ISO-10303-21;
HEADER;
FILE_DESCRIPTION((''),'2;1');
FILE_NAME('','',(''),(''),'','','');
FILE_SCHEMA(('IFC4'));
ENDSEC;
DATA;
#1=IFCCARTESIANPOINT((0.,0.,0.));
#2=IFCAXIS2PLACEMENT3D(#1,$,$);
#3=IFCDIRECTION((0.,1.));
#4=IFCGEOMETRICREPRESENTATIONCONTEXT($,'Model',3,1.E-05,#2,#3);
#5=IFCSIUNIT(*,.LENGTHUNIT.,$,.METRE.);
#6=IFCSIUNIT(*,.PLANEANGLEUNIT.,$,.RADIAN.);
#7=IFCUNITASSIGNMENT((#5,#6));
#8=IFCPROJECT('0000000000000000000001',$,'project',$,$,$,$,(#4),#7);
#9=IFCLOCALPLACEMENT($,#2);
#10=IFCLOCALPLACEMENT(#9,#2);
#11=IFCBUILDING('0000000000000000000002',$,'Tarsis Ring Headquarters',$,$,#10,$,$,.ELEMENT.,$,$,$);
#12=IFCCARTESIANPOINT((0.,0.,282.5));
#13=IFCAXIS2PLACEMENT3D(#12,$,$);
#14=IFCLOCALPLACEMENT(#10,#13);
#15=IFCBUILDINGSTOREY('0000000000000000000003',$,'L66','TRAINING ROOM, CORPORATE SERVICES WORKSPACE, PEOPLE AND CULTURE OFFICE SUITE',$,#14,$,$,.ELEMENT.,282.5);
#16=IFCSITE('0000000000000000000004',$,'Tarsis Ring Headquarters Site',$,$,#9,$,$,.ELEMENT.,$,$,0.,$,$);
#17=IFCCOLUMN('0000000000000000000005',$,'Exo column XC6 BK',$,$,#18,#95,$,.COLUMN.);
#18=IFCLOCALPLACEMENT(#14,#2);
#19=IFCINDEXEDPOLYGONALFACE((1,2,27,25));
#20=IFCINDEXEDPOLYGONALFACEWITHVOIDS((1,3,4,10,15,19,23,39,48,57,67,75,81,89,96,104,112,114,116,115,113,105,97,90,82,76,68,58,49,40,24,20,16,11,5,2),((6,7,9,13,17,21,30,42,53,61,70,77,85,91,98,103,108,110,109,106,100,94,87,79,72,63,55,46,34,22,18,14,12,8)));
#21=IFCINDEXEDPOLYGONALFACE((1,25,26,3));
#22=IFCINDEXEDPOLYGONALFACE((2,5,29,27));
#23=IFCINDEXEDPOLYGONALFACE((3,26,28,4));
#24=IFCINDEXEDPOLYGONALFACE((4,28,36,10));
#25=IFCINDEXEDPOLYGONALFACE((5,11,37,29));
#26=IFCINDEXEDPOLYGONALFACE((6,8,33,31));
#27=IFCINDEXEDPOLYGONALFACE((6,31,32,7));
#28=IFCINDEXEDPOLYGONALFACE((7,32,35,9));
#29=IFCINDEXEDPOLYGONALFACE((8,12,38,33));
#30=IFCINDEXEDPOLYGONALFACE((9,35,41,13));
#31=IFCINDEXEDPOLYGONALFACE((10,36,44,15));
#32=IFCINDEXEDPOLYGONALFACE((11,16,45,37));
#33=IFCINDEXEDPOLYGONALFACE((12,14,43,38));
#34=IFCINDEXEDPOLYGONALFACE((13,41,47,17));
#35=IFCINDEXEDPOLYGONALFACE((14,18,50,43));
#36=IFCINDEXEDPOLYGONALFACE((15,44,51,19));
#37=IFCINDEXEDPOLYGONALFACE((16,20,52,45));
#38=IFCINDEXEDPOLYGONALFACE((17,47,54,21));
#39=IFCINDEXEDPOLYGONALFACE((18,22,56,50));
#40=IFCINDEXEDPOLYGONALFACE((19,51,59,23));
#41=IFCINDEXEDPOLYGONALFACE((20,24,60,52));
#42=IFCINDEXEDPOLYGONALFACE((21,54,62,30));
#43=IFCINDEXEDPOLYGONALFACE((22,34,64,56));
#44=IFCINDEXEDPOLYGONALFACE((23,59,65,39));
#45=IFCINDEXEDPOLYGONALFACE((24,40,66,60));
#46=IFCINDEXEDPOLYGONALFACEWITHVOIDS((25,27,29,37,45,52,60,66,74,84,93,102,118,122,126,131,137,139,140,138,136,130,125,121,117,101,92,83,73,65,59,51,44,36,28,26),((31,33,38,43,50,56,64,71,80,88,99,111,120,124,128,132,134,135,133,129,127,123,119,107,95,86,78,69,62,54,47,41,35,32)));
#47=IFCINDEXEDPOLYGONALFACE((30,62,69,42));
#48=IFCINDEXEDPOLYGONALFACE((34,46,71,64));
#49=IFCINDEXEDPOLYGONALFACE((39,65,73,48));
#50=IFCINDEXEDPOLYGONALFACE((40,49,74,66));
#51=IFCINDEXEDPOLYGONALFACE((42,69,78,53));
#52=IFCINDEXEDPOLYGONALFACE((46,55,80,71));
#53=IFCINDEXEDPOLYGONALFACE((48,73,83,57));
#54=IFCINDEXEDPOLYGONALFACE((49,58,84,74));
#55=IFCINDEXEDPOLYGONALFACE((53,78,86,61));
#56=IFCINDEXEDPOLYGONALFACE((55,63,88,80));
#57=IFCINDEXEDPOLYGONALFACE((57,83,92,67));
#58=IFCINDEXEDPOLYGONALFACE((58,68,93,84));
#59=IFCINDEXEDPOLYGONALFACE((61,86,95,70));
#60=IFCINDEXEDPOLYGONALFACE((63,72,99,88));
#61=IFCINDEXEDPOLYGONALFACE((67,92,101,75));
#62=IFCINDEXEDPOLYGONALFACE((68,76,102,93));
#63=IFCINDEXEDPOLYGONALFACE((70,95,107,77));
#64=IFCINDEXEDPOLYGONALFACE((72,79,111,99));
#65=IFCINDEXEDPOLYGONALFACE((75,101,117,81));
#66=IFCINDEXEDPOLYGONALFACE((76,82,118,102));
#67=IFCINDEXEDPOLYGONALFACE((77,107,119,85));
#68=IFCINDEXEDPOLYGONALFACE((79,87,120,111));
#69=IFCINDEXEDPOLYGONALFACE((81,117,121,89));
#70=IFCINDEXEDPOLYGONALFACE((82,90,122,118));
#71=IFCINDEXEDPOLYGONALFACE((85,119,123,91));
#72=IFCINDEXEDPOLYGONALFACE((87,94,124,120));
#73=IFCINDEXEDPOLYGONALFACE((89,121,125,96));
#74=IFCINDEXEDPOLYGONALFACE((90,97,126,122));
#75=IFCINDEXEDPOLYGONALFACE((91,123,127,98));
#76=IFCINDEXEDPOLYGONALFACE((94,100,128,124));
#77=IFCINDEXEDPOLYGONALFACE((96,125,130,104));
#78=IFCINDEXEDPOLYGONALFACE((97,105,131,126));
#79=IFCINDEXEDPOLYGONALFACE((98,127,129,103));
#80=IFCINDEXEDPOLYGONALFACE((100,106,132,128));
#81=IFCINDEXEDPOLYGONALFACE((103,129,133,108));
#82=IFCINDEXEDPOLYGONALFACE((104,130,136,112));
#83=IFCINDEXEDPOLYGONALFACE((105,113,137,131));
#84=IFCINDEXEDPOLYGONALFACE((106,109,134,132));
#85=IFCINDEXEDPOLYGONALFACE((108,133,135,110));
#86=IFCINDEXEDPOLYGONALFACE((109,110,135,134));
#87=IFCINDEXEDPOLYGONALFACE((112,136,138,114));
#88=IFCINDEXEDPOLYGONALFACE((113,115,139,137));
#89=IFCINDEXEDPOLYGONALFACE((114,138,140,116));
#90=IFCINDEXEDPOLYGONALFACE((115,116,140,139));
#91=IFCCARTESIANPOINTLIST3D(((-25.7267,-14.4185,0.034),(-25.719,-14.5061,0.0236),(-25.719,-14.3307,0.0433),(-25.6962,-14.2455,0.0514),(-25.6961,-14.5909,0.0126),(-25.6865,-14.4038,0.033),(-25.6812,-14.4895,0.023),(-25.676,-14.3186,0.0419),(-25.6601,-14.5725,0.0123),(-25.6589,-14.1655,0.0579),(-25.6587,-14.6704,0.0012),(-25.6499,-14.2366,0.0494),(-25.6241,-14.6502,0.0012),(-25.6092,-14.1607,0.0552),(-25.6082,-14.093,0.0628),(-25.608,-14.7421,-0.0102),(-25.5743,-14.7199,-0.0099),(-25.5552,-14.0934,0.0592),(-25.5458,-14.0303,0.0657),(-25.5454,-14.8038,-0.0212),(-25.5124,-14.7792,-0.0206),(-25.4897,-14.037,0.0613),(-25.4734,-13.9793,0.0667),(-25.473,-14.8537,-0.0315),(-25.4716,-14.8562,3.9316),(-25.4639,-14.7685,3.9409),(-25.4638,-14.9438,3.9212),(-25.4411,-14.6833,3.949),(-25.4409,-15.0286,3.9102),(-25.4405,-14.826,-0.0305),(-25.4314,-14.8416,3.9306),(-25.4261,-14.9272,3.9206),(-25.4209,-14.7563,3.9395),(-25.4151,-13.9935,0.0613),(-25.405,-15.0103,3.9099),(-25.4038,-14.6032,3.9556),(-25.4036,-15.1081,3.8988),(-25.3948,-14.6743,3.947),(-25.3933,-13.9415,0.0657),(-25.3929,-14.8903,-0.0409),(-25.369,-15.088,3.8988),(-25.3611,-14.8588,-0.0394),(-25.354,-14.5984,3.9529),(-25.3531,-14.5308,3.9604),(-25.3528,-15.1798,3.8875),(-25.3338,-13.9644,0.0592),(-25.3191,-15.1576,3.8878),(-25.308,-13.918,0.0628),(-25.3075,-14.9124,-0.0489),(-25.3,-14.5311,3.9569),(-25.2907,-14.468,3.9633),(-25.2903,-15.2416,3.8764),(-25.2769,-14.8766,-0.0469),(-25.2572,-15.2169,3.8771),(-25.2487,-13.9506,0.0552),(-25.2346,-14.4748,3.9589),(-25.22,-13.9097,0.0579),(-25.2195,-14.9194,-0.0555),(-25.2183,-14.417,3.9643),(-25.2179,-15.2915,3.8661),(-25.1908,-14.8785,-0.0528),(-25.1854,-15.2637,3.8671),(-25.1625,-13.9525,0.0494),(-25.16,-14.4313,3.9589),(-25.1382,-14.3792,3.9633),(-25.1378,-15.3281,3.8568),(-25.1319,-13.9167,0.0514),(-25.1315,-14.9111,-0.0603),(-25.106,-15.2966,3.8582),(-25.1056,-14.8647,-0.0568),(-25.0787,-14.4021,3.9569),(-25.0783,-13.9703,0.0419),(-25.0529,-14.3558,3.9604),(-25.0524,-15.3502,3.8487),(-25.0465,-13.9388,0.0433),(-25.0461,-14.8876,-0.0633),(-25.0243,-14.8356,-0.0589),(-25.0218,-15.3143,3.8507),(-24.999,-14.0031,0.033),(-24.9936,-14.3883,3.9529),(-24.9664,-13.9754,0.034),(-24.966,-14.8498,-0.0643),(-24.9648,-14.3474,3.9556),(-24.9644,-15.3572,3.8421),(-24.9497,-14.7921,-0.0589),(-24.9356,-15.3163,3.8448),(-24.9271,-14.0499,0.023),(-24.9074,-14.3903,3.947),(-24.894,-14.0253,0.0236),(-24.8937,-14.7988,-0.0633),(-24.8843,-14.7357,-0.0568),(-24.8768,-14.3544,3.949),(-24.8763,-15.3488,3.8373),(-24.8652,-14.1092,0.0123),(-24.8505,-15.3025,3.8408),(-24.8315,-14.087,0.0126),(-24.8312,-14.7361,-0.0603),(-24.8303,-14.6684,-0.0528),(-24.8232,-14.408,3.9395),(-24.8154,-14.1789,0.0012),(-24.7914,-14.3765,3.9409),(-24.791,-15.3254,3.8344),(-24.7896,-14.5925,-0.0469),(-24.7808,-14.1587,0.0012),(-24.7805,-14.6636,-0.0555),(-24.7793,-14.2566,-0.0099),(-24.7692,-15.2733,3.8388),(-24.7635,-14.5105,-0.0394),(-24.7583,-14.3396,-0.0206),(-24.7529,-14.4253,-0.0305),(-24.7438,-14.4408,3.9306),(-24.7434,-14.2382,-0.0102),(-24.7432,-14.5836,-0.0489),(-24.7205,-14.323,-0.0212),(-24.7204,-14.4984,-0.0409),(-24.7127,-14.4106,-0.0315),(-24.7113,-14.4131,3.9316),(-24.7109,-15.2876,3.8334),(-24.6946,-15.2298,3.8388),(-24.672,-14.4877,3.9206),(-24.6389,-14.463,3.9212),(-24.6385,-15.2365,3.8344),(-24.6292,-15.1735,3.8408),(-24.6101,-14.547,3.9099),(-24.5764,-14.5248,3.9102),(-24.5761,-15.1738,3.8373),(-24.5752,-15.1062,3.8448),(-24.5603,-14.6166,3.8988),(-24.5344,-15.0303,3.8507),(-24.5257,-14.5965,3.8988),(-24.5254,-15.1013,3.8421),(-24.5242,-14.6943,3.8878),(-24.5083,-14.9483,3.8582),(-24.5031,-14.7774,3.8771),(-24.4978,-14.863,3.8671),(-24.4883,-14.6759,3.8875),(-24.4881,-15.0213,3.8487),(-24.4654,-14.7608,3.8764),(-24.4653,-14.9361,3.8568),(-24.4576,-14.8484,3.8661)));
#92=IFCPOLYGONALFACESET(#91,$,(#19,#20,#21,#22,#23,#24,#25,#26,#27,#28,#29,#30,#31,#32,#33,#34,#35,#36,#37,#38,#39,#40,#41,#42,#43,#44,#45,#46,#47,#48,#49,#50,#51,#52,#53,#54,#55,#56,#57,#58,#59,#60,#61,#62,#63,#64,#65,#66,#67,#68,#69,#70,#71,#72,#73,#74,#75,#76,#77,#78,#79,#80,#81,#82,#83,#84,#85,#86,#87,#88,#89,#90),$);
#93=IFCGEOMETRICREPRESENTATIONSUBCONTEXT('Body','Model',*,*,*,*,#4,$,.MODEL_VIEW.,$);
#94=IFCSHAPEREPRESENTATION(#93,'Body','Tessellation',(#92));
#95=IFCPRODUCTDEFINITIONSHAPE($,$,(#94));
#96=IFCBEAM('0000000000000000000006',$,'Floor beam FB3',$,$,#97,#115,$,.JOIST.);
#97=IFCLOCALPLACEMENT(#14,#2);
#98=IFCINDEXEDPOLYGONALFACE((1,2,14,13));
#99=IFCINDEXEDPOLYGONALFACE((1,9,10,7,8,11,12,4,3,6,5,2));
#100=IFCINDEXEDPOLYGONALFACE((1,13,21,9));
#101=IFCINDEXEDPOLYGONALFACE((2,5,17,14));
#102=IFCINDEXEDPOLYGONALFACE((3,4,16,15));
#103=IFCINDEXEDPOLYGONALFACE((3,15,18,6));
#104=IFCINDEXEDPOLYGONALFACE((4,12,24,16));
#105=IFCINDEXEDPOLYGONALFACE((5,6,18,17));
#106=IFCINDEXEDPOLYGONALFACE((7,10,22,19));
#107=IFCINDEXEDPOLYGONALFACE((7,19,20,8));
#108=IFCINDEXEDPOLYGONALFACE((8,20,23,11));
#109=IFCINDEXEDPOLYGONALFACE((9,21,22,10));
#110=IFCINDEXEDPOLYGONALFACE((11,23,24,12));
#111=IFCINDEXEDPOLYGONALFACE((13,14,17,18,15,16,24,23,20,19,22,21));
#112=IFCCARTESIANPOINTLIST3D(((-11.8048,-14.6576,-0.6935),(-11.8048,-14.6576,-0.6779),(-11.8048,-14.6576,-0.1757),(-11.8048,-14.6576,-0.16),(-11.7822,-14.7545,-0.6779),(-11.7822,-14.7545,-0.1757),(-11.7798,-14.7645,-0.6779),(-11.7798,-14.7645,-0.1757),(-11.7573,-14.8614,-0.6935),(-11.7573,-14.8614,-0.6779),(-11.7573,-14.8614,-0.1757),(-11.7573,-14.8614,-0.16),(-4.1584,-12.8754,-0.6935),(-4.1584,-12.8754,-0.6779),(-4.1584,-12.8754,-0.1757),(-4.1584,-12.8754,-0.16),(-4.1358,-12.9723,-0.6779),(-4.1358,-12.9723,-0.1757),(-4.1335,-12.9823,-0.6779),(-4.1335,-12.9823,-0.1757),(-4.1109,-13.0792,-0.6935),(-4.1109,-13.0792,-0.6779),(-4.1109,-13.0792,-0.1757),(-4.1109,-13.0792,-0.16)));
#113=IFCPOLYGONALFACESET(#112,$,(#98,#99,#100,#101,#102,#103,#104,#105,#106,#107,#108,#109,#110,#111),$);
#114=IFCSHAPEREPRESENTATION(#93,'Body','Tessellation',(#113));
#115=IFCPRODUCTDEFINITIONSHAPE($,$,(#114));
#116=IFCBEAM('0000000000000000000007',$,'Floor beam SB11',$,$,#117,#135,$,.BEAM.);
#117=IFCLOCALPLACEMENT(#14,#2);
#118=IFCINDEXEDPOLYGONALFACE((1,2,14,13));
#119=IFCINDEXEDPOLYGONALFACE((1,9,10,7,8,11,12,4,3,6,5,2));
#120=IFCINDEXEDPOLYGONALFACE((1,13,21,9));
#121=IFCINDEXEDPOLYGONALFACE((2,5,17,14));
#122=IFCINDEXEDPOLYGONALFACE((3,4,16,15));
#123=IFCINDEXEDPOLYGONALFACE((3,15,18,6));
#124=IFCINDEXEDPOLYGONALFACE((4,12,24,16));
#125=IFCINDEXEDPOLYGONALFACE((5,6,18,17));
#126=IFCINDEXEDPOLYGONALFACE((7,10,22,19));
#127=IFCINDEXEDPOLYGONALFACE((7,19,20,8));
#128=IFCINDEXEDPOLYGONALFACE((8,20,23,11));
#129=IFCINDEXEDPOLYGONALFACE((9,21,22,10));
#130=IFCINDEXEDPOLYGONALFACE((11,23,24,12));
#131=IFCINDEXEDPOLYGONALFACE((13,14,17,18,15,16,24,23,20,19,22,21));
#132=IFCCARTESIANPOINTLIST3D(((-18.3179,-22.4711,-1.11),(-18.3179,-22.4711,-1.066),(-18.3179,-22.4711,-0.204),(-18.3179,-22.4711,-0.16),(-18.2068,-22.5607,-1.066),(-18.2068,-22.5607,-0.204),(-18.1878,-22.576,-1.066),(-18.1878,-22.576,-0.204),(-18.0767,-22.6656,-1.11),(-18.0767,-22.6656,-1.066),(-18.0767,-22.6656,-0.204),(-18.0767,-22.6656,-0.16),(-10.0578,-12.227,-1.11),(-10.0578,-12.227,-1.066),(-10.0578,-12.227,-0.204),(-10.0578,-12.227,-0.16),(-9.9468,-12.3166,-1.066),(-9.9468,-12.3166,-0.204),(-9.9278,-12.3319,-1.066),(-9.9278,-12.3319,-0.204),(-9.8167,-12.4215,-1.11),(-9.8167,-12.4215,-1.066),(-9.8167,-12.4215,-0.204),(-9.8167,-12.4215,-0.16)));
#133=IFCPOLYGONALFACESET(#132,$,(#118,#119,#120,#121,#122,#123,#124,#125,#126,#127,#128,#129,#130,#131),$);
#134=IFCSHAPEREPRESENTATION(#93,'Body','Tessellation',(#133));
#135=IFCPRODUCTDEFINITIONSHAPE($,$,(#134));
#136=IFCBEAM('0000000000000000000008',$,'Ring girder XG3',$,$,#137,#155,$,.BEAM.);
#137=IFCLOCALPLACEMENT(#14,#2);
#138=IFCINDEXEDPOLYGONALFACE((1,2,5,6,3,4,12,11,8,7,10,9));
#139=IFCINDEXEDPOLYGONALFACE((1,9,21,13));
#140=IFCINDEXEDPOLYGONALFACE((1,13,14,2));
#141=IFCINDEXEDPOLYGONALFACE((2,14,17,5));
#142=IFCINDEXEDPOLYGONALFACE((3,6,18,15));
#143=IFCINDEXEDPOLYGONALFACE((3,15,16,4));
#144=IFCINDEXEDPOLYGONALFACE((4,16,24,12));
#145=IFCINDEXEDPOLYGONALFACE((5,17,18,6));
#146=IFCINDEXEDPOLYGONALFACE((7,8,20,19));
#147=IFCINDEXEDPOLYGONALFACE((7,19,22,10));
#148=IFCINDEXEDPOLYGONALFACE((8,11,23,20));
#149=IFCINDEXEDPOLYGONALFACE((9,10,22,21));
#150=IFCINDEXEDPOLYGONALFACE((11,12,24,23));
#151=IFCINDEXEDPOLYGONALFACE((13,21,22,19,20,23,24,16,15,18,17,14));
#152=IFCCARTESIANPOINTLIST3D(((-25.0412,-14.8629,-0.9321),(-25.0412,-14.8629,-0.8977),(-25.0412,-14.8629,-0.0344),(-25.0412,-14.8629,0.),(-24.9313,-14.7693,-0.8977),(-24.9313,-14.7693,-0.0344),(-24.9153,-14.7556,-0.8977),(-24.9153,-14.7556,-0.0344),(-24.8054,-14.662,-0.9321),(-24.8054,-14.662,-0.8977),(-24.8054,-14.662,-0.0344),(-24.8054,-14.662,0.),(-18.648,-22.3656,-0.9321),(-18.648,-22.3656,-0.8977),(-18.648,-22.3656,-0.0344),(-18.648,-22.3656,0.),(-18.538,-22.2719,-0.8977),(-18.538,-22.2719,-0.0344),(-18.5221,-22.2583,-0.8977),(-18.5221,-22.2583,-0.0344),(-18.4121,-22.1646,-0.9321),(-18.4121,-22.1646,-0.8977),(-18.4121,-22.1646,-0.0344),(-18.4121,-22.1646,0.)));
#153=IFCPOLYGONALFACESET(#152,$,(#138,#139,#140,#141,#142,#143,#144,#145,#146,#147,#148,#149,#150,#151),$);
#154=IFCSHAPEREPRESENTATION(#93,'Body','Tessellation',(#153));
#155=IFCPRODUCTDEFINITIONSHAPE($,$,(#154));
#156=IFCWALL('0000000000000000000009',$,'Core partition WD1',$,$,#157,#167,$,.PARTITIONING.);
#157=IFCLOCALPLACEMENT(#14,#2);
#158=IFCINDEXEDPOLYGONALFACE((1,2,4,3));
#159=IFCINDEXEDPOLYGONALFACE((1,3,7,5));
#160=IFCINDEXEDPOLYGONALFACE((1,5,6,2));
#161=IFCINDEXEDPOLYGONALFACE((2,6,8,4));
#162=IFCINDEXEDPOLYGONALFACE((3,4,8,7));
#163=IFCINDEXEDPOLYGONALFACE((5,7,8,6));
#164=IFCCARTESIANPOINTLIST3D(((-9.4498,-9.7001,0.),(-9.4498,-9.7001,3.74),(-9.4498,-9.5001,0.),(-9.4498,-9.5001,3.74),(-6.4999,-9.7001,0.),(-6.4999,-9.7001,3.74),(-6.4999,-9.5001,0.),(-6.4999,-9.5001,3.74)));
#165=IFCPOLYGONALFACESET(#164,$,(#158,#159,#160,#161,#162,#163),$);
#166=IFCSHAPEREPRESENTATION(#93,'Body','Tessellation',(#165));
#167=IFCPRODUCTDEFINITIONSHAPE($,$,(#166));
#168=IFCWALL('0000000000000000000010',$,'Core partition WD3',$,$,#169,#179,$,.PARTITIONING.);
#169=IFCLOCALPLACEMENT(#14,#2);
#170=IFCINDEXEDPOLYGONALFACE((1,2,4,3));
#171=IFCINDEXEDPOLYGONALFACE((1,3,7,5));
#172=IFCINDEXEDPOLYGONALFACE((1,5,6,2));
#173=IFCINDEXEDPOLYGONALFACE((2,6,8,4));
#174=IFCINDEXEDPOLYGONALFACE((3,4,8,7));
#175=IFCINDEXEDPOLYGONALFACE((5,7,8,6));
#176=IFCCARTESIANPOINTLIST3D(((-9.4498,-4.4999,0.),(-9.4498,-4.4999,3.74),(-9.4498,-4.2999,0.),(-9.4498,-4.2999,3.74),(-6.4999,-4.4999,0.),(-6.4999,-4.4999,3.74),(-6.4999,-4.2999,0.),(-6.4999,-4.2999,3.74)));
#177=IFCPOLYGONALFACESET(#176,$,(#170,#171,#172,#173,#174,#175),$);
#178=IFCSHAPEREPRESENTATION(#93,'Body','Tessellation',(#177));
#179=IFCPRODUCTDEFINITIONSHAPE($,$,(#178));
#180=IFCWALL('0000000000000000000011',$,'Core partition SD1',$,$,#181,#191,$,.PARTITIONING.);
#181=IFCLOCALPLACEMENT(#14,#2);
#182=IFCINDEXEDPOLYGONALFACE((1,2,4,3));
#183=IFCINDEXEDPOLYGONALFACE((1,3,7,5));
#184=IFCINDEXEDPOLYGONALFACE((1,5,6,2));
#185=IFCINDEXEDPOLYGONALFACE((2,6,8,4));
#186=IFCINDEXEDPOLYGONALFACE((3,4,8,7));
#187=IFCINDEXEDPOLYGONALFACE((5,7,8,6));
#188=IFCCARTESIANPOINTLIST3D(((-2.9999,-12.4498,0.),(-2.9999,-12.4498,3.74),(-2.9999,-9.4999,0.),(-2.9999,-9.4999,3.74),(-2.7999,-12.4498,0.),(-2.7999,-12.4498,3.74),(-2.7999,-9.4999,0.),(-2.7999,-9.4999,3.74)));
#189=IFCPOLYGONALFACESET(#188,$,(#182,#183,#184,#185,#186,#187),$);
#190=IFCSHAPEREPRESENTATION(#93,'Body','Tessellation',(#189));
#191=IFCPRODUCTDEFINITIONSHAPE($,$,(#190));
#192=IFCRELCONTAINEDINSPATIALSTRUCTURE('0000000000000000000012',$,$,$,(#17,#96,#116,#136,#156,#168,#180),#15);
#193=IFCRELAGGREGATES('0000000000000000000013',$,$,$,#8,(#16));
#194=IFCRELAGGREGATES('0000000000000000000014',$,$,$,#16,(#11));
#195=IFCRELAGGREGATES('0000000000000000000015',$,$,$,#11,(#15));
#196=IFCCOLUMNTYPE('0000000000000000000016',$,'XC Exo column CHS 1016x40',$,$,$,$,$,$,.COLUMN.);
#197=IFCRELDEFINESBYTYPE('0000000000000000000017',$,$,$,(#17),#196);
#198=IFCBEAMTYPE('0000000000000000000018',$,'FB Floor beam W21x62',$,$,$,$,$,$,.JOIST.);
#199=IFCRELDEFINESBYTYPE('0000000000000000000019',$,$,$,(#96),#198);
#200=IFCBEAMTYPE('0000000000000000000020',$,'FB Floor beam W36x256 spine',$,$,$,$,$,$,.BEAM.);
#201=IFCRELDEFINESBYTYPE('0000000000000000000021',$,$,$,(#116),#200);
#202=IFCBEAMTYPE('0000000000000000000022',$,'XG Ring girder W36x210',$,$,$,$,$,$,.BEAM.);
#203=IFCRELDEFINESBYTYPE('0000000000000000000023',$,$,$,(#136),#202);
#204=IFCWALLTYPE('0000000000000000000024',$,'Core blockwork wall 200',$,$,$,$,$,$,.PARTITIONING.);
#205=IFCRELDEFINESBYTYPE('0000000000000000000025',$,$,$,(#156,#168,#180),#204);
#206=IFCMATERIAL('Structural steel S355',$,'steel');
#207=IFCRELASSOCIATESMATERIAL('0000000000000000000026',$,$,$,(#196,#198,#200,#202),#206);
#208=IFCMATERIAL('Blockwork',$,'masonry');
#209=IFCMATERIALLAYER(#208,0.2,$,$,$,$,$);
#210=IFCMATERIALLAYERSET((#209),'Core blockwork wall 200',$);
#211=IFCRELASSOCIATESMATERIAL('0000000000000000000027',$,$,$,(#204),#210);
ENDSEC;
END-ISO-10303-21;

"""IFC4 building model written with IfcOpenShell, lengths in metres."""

from ifc_helpers import new_model, si_unit, direction, frame, frame_2d, origin, origin_2d, place, context, subcontext, project, spatial, rectangle, hollow_circle, i_section, extrude, material, layer, layer_set, material_profile, profile_set, type_object, element, save


model = new_model("IFC4")

# Units and contexts
model_context = context("Model", 3, precision=1e-05, world=origin(), true_north=direction((0.0, 1.0)))
body_context = subcontext(model_context, "Body", "Model", "MODEL_VIEW")
ifc_project = project(units=[si_unit("LENGTHUNIT", "METRE"), si_unit("PLANEANGLEUNIT", "RADIAN")], contexts=[model_context])

# Site, building, storey
site_placement = place(None, origin())
site = spatial("IfcSite", under=ifc_project, at=site_placement, Name="Tarsis Ring Headquarters Site", CompositionType="ELEMENT", RefElevation=0.0)
building_placement = place(site_placement, origin())
building = spatial("IfcBuilding", under=site, at=building_placement, Name="Tarsis Ring Headquarters", CompositionType="ELEMENT")
storey_placement = place(building_placement, frame((0.0, 0.0, 282.5)))
storey = spatial("IfcBuildingStorey", under=building, at=storey_placement, Name="L66", Description="TRAINING ROOM, CORPORATE SERVICES WORKSPACE, PEOPLE AND CULTURE OFFICE SUITE", CompositionType="ELEMENT", Elevation=282.5)

# Column
ifc_material_1 = material(Name="Structural steel S355", Category="steel")
ifc_material_profile_1 = material_profile(ifc_material_1, hollow_circle(Radius=0.5081, WallThickness=0.04, at=origin_2d()), Name="CHS 1016x40")
ifc_profile_set_1 = profile_set([ifc_material_profile_1], Name="Structural steel S355")
column_type = type_object("IfcColumnType", Name="XC Exo column CHS 1016x40", PredefinedType="COLUMN", material=ifc_profile_set_1)
column_placement = place(storey_placement, frame((-25.2197, -14.4146, 0.0012), z_axis=(0.06491, -0.111371, 0.991657), x_axis=(0.863971, 0.503541, 0.0)))
element("IfcColumn", 1, at=column_placement, inside=storey, type_object=column_type, Name="Exo column XC6 BK", PredefinedType="COLUMN", context=body_context, shape_type="SweptSolid", body=[
    extrude(hollow_circle(Radius=0.5081, WallThickness=0.04, at=origin_2d()), origin(), (0.0, 0.0, 1.0), 3.9304),
])

# Beams
ifc_material_profile_2 = material_profile(ifc_material_1, i_section(OverallWidth=0.2092, OverallDepth=0.5334, WebThickness=0.0103, FlangeThickness=0.0156, at=origin_2d()), Name="W21x62")
ifc_profile_set_2 = profile_set([ifc_material_profile_2], Name="Structural steel S355")
beam_type_1 = type_object("IfcBeamType", Name="FB Floor beam W21x62", PredefinedType="JOIST", material=ifc_profile_set_2)
beam_1_placement = place(storey_placement, frame((-11.781, -14.7595, -0.4268), z_axis=(0.973895, 0.227001, 0.0), x_axis=(-0.227001, 0.973895, 0.0)))
element("IfcBeam", 2, at=beam_1_placement, inside=storey, type_object=beam_type_1, Name="Floor beam FB3", PredefinedType="JOIST", context=body_context, shape_type="SweptSolid", body=[
    extrude(i_section(OverallWidth=0.2092, OverallDepth=0.5334, WebThickness=0.0103, FlangeThickness=0.0156, at=origin_2d()), origin(), (0.0, 0.0, 1.0), 7.8513),
])
ifc_material_profile_3 = material_profile(ifc_material_1, i_section(OverallWidth=0.3098, OverallDepth=0.95, WebThickness=0.0244, FlangeThickness=0.0439, at=origin_2d()), Name="W36x256")
ifc_profile_set_3 = profile_set([ifc_material_profile_3], Name="Structural steel S355")
beam_type_2 = type_object("IfcBeamType", Name="FB Floor beam W36x256 spine", PredefinedType="BEAM", material=ifc_profile_set_3)
beam_2_placement = place(storey_placement, frame((-9.9373, -12.3242, -0.635), z_axis=(-0.627688, -0.778465, 0.0), x_axis=(0.778465, -0.627688, 0.0)))
element("IfcBeam", 3, at=beam_2_placement, inside=storey, type_object=beam_type_2, Name="Floor beam SB11", PredefinedType="BEAM", context=body_context, shape_type="SweptSolid", body=[
    extrude(i_section(OverallWidth=0.3098, OverallDepth=0.95, WebThickness=0.0244, FlangeThickness=0.0439, at=origin_2d()), origin(), (0.0, 0.0, 1.0), 13.1594),
])
ifc_material_profile_4 = material_profile(ifc_material_1, i_section(OverallWidth=0.3098, OverallDepth=0.9321, WebThickness=0.021, FlangeThickness=0.0344, at=origin_2d()), Name="W36x210")
ifc_profile_set_4 = profile_set([ifc_material_profile_4], Name="Structural steel S355")
beam_type_3 = type_object("IfcBeamType", Name="XG Ring girder W36x210", PredefinedType="BEAM", material=ifc_profile_set_4)
beam_3_placement = place(storey_placement, frame((-24.9233, -14.7625, -0.4661), z_axis=(0.648592, -0.761136, 0.0), x_axis=(0.761136, 0.648592, 0.0)))
element("IfcBeam", 4, at=beam_3_placement, inside=storey, type_object=beam_type_3, Name="Ring girder XG3", PredefinedType="BEAM", context=body_context, shape_type="SweptSolid", body=[
    extrude(i_section(OverallWidth=0.3098, OverallDepth=0.9321, WebThickness=0.021, FlangeThickness=0.0344, at=origin_2d()), origin(), (0.0, 0.0, 1.0), 9.8572),
])

# Walls
ifc_material_2 = material(Name="Blockwork", Category="masonry")
ifc_layer_1 = layer(ifc_material_2, 0.2)
ifc_layer_set_1 = layer_set([ifc_layer_1], Name="Core blockwork wall 200")
wall_type_1 = type_object("IfcWallType", Name="Core blockwork wall 200", PredefinedType="PARTITIONING", material=ifc_layer_set_1)
for number, where, z_axis, x_axis, name in (
    (5, (-9.45, -9.6001, 0.0), (0.0, 0.0, 1.0), (1.0, 0.0, 0.0), "Core partition WD1"),
    (6, (-9.45, -4.3999, 0.0), (0.0, 0.0, 1.0), (1.0, 0.0, 0.0), "Core partition WD3"),
    (7, (-2.8999, -12.45, 0.0), (0.0, 0.0, 1.0), (0.0, 1.0, 0.0), "Core partition SD1"),
):
    element("IfcWall", number, at=place(storey_placement, frame(where, z_axis=z_axis, x_axis=x_axis)), inside=storey, type_object=wall_type_1, Name=name, PredefinedType="PARTITIONING", context=body_context, shape_type="SweptSolid", body=[
        extrude(rectangle(XDim=2.95, YDim=0.2, at=frame_2d((1.4751, 0.0))), origin(), (0.0, 0.0, 1.0), 3.74),
    ])

save(model, "model.ifc")
